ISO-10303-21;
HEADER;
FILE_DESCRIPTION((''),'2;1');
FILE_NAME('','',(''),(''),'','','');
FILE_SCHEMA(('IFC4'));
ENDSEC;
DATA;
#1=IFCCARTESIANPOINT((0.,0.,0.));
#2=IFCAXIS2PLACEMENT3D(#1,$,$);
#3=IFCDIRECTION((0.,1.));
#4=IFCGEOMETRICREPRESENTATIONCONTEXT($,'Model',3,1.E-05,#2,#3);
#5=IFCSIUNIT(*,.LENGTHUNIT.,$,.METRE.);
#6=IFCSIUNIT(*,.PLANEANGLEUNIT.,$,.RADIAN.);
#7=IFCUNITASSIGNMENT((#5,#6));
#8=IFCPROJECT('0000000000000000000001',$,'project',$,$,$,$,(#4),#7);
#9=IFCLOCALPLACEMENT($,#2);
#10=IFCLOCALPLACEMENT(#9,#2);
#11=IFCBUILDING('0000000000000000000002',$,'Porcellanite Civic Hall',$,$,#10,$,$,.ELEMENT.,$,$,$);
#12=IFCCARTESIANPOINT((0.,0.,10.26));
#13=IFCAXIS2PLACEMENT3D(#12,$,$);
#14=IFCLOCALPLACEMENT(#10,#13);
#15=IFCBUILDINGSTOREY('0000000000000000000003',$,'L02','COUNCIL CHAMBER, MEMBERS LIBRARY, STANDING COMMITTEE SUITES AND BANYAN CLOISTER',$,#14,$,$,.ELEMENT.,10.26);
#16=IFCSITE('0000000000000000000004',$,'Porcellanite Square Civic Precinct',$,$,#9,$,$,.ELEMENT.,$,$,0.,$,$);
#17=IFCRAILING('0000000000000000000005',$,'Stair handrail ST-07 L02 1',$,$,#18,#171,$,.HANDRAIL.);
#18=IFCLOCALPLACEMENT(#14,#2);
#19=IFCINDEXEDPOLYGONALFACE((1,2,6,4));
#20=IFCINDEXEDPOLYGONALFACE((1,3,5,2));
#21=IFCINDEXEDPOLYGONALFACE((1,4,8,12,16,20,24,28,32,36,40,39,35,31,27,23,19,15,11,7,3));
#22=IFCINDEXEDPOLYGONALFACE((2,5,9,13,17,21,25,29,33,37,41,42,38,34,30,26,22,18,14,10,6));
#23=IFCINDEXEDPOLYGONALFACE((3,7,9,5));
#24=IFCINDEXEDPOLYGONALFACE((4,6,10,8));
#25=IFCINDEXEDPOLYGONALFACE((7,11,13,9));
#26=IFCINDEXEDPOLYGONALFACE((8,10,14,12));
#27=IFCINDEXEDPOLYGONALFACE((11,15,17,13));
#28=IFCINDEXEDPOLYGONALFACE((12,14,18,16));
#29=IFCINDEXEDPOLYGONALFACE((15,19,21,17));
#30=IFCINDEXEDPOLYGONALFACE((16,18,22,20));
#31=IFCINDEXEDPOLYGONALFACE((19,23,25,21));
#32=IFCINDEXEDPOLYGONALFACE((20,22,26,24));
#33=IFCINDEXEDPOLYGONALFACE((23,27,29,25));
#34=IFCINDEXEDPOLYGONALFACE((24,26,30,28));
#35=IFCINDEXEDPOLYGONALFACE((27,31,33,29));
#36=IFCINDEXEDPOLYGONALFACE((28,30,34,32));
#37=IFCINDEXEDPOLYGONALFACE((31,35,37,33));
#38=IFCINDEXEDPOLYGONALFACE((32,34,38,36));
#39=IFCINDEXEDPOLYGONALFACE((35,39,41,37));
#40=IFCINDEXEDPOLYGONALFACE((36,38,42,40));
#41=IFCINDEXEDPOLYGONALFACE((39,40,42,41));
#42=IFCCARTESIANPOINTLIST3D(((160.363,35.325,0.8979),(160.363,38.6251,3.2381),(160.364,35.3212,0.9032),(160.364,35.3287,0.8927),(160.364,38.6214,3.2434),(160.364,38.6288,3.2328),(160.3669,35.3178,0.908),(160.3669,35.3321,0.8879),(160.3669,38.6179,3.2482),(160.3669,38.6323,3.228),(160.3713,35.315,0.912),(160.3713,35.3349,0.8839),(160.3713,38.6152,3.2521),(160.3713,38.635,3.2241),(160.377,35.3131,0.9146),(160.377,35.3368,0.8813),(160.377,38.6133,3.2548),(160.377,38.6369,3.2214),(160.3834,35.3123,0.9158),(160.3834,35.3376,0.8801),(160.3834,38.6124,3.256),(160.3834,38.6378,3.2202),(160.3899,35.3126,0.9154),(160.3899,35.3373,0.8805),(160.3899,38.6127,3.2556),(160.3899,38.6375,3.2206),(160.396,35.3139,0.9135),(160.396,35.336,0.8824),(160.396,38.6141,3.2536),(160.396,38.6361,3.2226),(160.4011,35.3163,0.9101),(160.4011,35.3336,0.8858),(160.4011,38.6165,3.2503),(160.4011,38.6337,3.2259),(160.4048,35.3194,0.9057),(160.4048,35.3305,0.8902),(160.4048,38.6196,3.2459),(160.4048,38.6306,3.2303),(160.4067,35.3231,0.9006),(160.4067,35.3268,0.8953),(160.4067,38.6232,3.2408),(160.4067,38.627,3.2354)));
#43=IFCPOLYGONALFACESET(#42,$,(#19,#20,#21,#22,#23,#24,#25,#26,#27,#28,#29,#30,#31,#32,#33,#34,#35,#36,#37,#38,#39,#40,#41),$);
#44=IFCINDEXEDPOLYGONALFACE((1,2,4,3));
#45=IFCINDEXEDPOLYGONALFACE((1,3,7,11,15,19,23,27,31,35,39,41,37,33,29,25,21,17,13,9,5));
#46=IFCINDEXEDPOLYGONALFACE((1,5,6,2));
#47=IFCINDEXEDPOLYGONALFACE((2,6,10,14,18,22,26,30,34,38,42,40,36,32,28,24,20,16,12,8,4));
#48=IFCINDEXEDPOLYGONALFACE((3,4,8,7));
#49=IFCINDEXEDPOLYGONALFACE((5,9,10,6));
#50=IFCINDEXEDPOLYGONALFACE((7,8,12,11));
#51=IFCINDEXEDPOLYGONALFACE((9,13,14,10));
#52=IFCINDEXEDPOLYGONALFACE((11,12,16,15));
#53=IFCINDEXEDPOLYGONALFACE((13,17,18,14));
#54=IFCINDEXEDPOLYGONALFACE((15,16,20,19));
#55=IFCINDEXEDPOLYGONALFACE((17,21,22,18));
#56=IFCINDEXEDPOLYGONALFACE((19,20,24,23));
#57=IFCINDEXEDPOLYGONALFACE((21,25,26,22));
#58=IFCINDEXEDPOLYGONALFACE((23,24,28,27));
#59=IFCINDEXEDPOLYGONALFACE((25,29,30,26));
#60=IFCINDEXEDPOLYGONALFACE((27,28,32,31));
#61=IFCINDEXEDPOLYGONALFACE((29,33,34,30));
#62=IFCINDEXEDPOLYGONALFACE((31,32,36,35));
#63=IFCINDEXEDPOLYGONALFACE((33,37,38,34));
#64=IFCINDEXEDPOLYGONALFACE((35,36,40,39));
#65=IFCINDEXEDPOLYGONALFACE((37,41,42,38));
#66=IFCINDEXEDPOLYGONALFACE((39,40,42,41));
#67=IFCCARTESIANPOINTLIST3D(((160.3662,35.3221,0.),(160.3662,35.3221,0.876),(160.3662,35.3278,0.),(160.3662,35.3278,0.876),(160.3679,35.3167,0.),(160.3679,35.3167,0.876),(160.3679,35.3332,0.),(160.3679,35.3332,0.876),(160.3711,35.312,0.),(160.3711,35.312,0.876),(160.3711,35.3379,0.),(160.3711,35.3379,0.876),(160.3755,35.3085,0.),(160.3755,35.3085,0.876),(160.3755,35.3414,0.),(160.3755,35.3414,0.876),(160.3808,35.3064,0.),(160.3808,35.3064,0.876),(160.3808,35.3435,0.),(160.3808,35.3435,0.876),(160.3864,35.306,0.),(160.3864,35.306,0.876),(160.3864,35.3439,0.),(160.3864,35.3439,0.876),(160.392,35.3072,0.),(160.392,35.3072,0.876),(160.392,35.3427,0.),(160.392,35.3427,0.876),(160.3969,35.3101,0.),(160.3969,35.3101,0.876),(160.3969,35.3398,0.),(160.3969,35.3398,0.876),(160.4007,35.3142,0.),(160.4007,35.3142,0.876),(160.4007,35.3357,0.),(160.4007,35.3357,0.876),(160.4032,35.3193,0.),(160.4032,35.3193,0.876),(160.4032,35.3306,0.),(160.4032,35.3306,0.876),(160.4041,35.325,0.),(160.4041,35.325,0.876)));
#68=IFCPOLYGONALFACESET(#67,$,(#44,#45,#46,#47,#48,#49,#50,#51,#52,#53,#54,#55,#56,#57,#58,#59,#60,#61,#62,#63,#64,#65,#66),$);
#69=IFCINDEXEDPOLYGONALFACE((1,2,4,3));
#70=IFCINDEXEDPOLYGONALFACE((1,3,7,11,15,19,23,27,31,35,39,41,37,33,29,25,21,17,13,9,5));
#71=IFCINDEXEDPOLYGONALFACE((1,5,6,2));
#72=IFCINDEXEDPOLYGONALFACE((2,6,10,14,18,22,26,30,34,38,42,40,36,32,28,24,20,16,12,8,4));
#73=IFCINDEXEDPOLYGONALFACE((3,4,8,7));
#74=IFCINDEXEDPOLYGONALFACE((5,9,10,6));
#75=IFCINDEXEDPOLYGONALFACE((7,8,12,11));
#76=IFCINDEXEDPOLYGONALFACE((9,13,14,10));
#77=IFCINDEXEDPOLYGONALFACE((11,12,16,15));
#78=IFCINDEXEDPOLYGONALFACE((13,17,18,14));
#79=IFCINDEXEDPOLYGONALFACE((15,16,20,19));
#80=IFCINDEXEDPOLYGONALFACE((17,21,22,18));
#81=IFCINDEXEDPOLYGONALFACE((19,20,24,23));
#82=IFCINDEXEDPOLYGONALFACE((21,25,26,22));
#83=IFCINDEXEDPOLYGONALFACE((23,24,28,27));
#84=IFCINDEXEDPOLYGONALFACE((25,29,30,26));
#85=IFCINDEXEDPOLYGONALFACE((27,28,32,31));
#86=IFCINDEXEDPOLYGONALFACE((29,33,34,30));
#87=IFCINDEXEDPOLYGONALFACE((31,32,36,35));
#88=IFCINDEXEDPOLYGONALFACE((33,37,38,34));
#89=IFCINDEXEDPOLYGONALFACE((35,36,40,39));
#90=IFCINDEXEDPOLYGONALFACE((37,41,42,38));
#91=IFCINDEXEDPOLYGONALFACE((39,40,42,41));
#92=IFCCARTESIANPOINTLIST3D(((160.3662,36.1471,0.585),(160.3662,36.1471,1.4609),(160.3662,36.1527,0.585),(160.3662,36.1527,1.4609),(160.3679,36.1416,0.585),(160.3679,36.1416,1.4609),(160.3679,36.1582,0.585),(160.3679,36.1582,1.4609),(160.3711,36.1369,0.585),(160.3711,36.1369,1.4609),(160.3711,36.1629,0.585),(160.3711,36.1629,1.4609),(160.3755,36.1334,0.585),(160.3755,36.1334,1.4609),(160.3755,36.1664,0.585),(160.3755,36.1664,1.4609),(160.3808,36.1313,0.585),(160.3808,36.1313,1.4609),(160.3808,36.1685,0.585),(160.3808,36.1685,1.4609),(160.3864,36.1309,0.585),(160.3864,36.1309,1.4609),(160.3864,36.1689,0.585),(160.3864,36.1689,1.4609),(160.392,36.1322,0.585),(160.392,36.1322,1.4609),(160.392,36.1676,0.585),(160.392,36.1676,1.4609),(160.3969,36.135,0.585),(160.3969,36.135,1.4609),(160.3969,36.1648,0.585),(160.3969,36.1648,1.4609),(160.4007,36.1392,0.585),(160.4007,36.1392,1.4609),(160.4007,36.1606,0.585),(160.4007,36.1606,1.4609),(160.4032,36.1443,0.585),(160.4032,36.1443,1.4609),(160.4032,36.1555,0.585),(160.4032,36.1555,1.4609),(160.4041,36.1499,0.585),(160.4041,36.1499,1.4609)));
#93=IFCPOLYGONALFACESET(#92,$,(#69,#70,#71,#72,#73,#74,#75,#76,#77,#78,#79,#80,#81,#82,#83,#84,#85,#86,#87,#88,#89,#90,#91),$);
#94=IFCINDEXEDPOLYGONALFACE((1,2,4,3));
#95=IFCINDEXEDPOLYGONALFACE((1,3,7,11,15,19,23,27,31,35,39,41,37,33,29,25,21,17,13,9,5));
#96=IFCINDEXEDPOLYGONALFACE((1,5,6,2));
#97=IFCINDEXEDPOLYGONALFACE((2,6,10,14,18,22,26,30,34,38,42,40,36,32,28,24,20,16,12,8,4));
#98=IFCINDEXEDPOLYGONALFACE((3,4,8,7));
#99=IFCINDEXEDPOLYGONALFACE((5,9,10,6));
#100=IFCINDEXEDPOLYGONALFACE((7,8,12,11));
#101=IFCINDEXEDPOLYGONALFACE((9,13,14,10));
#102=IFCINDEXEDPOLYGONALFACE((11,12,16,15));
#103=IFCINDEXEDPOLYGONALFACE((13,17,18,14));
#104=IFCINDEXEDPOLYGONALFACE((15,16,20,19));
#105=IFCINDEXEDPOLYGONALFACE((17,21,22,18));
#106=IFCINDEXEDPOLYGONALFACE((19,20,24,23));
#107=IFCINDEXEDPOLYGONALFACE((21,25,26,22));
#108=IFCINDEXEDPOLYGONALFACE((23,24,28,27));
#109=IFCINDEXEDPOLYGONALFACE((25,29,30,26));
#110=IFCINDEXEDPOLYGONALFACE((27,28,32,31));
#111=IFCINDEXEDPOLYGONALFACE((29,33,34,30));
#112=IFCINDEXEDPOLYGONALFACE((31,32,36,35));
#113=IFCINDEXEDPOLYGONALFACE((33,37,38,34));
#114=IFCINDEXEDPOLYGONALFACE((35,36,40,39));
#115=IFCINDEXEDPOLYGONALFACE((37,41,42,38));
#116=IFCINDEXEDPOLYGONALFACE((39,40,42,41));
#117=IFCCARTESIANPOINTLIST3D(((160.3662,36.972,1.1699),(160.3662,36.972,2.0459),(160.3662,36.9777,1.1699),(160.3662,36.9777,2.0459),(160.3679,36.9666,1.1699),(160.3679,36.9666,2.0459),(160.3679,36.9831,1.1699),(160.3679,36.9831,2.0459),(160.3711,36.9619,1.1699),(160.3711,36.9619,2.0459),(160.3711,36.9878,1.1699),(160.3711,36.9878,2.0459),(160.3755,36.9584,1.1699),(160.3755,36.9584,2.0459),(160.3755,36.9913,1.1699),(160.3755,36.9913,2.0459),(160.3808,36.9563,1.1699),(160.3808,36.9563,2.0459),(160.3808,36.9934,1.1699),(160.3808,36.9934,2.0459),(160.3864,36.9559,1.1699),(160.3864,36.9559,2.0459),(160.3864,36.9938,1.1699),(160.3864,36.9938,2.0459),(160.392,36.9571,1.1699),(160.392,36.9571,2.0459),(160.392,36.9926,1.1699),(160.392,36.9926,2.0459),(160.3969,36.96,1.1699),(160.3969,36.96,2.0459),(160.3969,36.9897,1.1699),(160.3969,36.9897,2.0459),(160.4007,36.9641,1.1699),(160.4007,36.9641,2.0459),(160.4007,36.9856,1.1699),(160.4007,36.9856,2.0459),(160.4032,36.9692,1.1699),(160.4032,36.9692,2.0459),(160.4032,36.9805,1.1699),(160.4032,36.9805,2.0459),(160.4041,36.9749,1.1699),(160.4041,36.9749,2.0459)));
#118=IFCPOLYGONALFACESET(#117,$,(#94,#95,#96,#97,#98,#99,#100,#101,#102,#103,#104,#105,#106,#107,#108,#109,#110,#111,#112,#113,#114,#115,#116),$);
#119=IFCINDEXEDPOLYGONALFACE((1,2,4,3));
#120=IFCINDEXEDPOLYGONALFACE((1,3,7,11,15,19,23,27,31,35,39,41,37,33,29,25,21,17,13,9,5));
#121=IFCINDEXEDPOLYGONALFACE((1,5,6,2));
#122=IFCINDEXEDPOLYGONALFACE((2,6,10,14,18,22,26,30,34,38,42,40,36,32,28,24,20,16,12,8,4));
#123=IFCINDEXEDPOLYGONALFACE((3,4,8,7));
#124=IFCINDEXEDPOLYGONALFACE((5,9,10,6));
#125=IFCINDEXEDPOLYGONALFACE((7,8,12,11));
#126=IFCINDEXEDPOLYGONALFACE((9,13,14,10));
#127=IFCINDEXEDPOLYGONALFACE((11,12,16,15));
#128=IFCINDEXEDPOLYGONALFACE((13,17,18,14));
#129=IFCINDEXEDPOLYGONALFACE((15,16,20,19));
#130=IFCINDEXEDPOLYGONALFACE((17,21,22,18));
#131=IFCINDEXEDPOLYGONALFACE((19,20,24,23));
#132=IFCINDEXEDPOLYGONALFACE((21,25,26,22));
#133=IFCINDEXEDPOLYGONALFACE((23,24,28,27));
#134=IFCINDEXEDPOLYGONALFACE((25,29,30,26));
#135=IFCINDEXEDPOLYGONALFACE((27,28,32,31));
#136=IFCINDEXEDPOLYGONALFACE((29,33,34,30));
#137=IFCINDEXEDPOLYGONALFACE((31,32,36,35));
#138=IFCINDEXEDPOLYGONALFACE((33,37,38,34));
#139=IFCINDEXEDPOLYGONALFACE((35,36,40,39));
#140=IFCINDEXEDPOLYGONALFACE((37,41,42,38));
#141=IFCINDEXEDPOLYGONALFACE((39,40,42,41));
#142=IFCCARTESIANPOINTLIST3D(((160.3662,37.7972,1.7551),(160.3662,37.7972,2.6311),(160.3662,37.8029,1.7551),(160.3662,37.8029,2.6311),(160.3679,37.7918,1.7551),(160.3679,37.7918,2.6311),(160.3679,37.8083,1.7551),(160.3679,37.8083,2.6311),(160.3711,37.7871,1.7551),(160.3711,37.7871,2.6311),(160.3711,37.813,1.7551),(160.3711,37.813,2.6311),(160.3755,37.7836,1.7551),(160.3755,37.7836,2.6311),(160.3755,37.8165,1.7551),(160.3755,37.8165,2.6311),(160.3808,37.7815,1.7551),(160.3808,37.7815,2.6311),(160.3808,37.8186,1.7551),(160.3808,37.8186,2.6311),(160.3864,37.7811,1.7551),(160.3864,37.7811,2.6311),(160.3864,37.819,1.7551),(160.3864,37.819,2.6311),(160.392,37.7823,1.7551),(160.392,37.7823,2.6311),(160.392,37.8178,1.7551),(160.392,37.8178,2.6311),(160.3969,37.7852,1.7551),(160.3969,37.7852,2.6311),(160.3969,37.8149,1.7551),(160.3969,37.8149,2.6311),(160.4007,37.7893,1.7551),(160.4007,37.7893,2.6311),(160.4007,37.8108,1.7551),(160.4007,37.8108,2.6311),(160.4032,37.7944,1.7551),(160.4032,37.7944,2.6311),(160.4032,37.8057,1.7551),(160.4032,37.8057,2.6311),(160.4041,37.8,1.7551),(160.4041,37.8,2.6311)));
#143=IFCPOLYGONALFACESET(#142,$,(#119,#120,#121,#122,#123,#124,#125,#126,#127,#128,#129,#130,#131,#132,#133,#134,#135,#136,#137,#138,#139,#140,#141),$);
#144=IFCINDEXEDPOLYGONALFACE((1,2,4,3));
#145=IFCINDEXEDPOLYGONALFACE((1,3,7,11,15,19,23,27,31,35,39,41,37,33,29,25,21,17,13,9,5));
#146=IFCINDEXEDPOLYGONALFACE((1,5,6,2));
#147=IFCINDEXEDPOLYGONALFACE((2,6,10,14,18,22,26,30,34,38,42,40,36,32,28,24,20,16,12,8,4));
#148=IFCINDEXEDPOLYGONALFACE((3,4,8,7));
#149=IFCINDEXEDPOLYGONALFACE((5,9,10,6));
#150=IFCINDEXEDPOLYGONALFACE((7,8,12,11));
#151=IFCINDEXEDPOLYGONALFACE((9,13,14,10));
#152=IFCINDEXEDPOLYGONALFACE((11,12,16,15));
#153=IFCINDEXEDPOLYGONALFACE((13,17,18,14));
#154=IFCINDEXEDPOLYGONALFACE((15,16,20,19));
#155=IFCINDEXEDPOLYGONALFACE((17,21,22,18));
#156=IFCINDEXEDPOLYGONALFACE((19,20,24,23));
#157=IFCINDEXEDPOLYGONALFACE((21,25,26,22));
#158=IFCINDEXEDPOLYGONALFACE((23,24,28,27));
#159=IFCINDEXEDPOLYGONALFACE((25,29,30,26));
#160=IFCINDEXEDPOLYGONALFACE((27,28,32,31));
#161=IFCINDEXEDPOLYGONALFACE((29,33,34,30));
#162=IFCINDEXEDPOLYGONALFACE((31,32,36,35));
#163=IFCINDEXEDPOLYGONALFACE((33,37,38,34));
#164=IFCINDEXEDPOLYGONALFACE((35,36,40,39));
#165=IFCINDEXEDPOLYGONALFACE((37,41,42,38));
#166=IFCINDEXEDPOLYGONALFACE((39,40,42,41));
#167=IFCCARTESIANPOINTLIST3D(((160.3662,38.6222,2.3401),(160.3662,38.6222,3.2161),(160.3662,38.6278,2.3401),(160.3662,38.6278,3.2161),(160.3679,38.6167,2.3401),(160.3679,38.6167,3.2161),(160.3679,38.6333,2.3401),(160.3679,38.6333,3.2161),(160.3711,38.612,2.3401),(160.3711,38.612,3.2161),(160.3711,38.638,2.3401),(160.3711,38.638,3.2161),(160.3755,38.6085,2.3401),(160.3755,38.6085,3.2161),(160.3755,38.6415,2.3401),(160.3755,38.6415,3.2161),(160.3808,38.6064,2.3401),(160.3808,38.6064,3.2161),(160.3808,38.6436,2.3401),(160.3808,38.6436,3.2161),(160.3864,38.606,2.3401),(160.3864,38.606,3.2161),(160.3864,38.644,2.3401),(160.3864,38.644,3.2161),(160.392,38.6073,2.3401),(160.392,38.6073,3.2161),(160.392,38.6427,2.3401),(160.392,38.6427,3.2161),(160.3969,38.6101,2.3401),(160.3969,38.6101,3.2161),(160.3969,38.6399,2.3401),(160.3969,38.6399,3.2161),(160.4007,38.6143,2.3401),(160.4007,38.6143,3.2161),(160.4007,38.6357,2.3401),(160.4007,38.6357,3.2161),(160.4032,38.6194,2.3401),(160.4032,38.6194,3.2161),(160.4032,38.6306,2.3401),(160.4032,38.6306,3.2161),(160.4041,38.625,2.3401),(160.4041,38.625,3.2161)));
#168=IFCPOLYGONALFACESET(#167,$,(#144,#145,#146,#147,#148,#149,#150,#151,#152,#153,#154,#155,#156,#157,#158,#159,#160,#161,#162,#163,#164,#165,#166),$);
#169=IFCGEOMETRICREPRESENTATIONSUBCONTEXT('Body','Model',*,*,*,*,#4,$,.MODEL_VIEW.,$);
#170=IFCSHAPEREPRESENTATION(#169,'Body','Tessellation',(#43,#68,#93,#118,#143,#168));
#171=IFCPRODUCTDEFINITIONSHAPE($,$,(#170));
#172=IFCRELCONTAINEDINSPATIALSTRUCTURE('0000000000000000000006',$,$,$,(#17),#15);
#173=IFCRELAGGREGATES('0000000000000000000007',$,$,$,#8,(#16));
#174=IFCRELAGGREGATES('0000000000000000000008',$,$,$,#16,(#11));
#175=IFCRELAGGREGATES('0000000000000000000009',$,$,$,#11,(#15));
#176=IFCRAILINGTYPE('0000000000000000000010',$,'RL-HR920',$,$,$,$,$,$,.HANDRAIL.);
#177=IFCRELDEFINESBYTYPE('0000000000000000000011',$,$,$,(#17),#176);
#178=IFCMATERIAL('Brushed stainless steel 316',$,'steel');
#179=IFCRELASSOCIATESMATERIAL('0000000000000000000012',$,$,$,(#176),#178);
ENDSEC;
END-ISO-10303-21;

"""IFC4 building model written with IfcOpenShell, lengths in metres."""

from ifc_helpers import new_model, si_unit, direction, frame, origin, origin_2d, place, context, subcontext, project, spatial, circle, extrude, material, type_object, element, save


model = new_model("IFC4")

# Units and contexts
model_context = context("Model", 3, precision=1e-05, world=origin(), true_north=direction((0.0, 1.0)))
body_context = subcontext(model_context, "Body", "Model", "MODEL_VIEW")
ifc_project = project(units=[si_unit("LENGTHUNIT", "METRE"), si_unit("PLANEANGLEUNIT", "RADIAN")], contexts=[model_context])

# Site, building, storey
site_placement = place(None, origin())
site = spatial("IfcSite", under=ifc_project, at=site_placement, Name="Porcellanite Square Civic Precinct", CompositionType="ELEMENT", RefElevation=0.0)
building_placement = place(site_placement, origin())
building = spatial("IfcBuilding", under=site, at=building_placement, Name="Porcellanite Civic Hall", CompositionType="ELEMENT")
storey_placement = place(building_placement, frame((0.0, 0.0, 10.26)))
storey = spatial("IfcBuildingStorey", under=building, at=storey_placement, Name="L02", Description="COUNCIL CHAMBER, MEMBERS LIBRARY, STANDING COMMITTEE SUITES AND BANYAN CLOISTER", CompositionType="ELEMENT", Elevation=10.26)

# Railing
ifc_material_1 = material(Name="Brushed stainless steel 316", Category="steel")
railing_type_1 = type_object("IfcRailingType", Name="RL-HR920", PredefinedType="HANDRAIL", material=ifc_material_1)
railing_1_placement = place(storey_placement, frame((160.385, 35.325, 0.0)))
element("IfcRailing", 1, at=railing_1_placement, inside=storey, type_object=railing_type_1, Name="Stair handrail ST-07 L02 1", PredefinedType="HANDRAIL", context=body_context, shape_type="SweptSolid", body=[
    extrude(circle(Radius=0.022, at=origin_2d()), frame((0.0, 0.0, 0.8979), z_axis=(0.0, 0.815727, 0.578438), x_axis=(-1.0, 0.0, 0.0)), (0.0, 0.0, 1.0), 4.0457),
    extrude(circle(Radius=0.019, at=origin_2d()), origin(), (0.0, 0.0, 1.0), 0.876),
    extrude(circle(Radius=0.019, at=origin_2d()), frame((0.0, 0.825, 0.585)), (0.0, 0.0, 1.0), 0.876),
    extrude(circle(Radius=0.019, at=origin_2d()), frame((0.0, 1.6499, 1.1699)), (0.0, 0.0, 1.0), 0.876),
    extrude(circle(Radius=0.019, at=origin_2d()), frame((0.0, 2.4751, 1.7551)), (0.0, 0.0, 1.0), 0.876),
    extrude(circle(Radius=0.019, at=origin_2d()), frame((0.0, 3.3, 2.3401)), (0.0, 0.0, 1.0), 0.876),
])

save(model, "model.ifc")
